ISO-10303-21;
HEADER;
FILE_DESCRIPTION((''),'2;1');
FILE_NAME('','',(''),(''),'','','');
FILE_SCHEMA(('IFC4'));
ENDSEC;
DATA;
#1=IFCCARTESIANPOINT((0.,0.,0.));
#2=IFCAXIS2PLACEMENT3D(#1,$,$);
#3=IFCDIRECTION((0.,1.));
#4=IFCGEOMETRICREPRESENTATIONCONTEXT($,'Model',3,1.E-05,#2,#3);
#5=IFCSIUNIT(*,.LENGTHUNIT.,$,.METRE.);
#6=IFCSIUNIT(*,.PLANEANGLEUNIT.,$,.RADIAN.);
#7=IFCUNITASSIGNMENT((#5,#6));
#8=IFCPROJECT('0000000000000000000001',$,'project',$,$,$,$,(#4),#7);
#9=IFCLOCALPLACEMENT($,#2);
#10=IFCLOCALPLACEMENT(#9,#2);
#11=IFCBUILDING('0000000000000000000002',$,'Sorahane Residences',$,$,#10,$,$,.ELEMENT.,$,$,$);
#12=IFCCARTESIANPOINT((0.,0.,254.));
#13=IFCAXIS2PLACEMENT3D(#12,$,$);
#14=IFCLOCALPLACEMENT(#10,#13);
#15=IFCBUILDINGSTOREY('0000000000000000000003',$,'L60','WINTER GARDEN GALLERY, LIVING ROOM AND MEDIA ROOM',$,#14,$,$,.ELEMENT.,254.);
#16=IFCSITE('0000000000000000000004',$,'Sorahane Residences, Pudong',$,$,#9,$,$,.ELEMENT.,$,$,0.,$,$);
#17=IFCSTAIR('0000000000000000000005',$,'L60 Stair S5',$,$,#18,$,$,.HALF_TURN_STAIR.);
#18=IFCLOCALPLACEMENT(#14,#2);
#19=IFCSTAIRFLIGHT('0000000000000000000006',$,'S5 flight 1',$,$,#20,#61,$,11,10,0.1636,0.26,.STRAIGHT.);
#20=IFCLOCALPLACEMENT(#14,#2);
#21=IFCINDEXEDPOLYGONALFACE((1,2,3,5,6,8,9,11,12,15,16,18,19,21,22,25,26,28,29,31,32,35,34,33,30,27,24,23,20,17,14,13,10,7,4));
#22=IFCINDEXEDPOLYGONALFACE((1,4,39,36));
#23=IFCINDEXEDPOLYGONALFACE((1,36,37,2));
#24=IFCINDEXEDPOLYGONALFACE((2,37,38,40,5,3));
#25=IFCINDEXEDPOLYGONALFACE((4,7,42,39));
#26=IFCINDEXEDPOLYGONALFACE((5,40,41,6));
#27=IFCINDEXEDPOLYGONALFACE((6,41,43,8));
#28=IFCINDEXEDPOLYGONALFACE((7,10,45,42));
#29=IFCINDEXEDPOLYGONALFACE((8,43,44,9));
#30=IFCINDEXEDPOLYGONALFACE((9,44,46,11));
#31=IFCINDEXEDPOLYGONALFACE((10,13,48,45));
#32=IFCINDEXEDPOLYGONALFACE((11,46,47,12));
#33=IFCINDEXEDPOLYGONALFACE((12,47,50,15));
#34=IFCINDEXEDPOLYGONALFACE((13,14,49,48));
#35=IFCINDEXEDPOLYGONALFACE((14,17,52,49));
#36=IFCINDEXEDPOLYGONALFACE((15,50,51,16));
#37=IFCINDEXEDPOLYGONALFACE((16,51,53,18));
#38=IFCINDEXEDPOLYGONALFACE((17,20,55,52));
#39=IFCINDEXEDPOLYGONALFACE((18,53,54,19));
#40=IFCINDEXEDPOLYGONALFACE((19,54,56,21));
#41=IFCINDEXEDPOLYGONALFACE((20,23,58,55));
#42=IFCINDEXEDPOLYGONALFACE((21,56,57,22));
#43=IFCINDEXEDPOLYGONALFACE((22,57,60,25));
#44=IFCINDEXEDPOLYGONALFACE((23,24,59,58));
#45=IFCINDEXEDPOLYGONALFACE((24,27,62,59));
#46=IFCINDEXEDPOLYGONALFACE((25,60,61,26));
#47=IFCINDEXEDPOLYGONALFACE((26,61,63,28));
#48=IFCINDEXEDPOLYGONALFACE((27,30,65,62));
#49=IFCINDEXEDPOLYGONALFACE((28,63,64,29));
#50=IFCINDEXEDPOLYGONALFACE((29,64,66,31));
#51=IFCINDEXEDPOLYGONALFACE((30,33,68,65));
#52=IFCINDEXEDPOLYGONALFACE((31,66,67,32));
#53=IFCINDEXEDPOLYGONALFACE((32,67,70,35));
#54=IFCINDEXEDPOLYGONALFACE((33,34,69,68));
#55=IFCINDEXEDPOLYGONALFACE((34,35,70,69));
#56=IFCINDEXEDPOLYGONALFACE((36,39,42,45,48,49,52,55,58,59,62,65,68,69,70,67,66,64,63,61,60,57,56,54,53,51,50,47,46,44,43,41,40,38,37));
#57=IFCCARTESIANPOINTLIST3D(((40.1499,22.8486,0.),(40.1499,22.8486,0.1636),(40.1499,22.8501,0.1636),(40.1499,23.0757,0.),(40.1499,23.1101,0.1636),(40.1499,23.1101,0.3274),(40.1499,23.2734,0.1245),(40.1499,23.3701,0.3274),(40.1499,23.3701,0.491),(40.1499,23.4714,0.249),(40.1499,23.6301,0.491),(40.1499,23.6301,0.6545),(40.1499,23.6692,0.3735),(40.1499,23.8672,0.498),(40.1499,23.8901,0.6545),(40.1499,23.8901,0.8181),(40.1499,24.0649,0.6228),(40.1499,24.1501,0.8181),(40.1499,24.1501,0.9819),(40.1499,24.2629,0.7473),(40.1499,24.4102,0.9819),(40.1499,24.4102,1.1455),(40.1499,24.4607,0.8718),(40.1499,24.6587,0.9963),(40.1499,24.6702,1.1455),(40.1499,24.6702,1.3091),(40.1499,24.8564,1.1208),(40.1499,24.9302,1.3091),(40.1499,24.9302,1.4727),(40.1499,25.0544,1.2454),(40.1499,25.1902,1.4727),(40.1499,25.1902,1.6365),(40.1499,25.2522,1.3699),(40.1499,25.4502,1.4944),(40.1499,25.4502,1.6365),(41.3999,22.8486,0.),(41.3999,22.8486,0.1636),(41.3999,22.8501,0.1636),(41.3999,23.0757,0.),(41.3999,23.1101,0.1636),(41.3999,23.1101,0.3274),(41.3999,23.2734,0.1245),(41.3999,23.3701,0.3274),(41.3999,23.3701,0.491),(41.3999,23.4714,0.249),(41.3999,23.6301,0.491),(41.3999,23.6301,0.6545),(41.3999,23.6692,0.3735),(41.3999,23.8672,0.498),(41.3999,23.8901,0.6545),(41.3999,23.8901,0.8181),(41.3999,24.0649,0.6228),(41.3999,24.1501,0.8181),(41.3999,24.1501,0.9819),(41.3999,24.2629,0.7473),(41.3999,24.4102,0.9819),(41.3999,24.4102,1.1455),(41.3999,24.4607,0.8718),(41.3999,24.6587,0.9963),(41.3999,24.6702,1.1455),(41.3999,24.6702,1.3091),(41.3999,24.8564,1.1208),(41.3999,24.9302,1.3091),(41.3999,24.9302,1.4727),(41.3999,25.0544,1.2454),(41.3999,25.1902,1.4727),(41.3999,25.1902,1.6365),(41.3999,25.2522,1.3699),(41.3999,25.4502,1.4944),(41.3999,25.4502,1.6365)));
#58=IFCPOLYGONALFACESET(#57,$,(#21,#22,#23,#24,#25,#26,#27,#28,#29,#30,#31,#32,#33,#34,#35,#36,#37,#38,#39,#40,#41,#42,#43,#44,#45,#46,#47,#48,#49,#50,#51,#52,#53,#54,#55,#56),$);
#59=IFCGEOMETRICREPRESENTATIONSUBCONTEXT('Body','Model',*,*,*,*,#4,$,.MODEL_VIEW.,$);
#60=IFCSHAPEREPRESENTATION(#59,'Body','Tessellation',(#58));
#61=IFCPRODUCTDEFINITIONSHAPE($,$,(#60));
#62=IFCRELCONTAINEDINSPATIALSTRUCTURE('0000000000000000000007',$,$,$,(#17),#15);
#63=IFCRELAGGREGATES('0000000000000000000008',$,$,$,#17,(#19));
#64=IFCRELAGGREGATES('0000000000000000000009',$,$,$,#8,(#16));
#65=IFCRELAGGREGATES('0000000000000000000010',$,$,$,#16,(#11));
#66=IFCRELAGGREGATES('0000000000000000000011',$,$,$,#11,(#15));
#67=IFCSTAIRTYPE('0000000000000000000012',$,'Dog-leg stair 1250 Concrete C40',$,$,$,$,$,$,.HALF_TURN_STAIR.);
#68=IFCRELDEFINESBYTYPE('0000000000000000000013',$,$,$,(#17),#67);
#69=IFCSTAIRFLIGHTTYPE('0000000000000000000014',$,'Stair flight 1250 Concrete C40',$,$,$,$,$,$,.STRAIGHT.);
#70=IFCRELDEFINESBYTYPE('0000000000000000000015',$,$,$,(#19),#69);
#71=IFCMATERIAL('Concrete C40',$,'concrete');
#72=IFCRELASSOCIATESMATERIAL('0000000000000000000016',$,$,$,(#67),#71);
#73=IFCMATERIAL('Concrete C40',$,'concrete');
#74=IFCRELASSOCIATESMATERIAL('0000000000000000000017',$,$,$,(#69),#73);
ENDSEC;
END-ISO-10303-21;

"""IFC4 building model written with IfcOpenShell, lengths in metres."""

from ifc_helpers import new_model, si_unit, direction, frame, origin, place, context, subcontext, project, spatial, polyline, outline, extrude, material, type_object, element, aggregate, save


model = new_model("IFC4")

# Units and contexts
model_context = context("Model", 3, precision=1e-05, world=origin(), true_north=direction((0.0, 1.0)))
body_context = subcontext(model_context, "Body", "Model", "MODEL_VIEW")
ifc_project = project(units=[si_unit("LENGTHUNIT", "METRE"), si_unit("PLANEANGLEUNIT", "RADIAN")], contexts=[model_context])

# Site, building, storey
site_placement = place(None, origin())
site = spatial("IfcSite", under=ifc_project, at=site_placement, Name="Sorahane Residences, Pudong", CompositionType="ELEMENT", RefElevation=0.0)
building_placement = place(site_placement, origin())
building = spatial("IfcBuilding", under=site, at=building_placement, Name="Sorahane Residences", CompositionType="ELEMENT")
storey_placement = place(building_placement, frame((0.0, 0.0, 254.0)))
storey = spatial("IfcBuildingStorey", under=building, at=storey_placement, Name="L60", Description="WINTER GARDEN GALLERY, LIVING ROOM AND MEDIA ROOM", CompositionType="ELEMENT", Elevation=254.0)

# Stair, stair flight
ifc_material_1 = material(Name="Concrete C40", Category="concrete")
stair_type = type_object("IfcStairType", Name="Dog-leg stair 1250 Concrete C40", PredefinedType="HALF_TURN_STAIR", material=ifc_material_1)
stair_placement = place(storey_placement, origin())
stair = element("IfcStair", 1, at=stair_placement, inside=storey, type_object=stair_type, Name="L60 Stair S5", PredefinedType="HALF_TURN_STAIR")
ifc_material_2 = material(Name="Concrete C40", Category="concrete")
stair_flight_type = type_object("IfcStairFlightType", Name="Stair flight 1250 Concrete C40", PredefinedType="STRAIGHT", material=ifc_material_2)
stair_flight_placement = place(storey_placement, frame((40.7749, 22.8501, 0.0), z_axis=(0.0, 0.0, 1.0), x_axis=(0.0, 1.0, 0.0)))
stair_flight = element("IfcStairFlight", 2, at=stair_flight_placement, type_object=stair_flight_type, Name="S5 flight 1", NumberOfRisers=11, NumberOfTreads=10, PredefinedType="STRAIGHT", RiserHeight=0.1636, TreadLength=0.26, context=body_context, shape_type="SweptSolid", body=[
    extrude(outline(polyline([(-0.0015, 0.0), (-0.0015, 0.1636), (0.0, 0.1636), (0.26, 0.1636), (0.26, 0.3274), (0.52, 0.3274), (0.52, 0.491), (0.78, 0.491), (0.78, 0.6545), (1.04, 0.6545), (1.04, 0.8181), (1.3, 0.8181), (1.3, 0.9819), (1.5601, 0.9819), (1.5601, 1.1455), (1.8201, 1.1455), (1.8201, 1.3091), (2.0801, 1.3091), (2.0801, 1.4727), (2.3401, 1.4727), (2.3401, 1.6365), (2.6001, 1.6365), (2.6001, 1.8), (2.6001, 1.4944), (2.4021, 1.3699), (2.2043, 1.2454), (2.0063, 1.1208), (1.8086, 0.9963), (1.6106, 0.8718), (1.4128, 0.7473), (1.2148, 0.6228), (1.0171, 0.498), (0.8191, 0.3735), (0.6213, 0.249), (0.4233, 0.1245), (0.2256, 0.0), (-0.0015, 0.0)])), frame((0.0, 0.625, 0.0), z_axis=(0.0, -1.0, 0.0), x_axis=(1.0, 0.0, 0.0)), (0.0, 0.0, 1.0), 1.25),
])
aggregate(stair, [stair_flight])

save(model, "model.ifc")
